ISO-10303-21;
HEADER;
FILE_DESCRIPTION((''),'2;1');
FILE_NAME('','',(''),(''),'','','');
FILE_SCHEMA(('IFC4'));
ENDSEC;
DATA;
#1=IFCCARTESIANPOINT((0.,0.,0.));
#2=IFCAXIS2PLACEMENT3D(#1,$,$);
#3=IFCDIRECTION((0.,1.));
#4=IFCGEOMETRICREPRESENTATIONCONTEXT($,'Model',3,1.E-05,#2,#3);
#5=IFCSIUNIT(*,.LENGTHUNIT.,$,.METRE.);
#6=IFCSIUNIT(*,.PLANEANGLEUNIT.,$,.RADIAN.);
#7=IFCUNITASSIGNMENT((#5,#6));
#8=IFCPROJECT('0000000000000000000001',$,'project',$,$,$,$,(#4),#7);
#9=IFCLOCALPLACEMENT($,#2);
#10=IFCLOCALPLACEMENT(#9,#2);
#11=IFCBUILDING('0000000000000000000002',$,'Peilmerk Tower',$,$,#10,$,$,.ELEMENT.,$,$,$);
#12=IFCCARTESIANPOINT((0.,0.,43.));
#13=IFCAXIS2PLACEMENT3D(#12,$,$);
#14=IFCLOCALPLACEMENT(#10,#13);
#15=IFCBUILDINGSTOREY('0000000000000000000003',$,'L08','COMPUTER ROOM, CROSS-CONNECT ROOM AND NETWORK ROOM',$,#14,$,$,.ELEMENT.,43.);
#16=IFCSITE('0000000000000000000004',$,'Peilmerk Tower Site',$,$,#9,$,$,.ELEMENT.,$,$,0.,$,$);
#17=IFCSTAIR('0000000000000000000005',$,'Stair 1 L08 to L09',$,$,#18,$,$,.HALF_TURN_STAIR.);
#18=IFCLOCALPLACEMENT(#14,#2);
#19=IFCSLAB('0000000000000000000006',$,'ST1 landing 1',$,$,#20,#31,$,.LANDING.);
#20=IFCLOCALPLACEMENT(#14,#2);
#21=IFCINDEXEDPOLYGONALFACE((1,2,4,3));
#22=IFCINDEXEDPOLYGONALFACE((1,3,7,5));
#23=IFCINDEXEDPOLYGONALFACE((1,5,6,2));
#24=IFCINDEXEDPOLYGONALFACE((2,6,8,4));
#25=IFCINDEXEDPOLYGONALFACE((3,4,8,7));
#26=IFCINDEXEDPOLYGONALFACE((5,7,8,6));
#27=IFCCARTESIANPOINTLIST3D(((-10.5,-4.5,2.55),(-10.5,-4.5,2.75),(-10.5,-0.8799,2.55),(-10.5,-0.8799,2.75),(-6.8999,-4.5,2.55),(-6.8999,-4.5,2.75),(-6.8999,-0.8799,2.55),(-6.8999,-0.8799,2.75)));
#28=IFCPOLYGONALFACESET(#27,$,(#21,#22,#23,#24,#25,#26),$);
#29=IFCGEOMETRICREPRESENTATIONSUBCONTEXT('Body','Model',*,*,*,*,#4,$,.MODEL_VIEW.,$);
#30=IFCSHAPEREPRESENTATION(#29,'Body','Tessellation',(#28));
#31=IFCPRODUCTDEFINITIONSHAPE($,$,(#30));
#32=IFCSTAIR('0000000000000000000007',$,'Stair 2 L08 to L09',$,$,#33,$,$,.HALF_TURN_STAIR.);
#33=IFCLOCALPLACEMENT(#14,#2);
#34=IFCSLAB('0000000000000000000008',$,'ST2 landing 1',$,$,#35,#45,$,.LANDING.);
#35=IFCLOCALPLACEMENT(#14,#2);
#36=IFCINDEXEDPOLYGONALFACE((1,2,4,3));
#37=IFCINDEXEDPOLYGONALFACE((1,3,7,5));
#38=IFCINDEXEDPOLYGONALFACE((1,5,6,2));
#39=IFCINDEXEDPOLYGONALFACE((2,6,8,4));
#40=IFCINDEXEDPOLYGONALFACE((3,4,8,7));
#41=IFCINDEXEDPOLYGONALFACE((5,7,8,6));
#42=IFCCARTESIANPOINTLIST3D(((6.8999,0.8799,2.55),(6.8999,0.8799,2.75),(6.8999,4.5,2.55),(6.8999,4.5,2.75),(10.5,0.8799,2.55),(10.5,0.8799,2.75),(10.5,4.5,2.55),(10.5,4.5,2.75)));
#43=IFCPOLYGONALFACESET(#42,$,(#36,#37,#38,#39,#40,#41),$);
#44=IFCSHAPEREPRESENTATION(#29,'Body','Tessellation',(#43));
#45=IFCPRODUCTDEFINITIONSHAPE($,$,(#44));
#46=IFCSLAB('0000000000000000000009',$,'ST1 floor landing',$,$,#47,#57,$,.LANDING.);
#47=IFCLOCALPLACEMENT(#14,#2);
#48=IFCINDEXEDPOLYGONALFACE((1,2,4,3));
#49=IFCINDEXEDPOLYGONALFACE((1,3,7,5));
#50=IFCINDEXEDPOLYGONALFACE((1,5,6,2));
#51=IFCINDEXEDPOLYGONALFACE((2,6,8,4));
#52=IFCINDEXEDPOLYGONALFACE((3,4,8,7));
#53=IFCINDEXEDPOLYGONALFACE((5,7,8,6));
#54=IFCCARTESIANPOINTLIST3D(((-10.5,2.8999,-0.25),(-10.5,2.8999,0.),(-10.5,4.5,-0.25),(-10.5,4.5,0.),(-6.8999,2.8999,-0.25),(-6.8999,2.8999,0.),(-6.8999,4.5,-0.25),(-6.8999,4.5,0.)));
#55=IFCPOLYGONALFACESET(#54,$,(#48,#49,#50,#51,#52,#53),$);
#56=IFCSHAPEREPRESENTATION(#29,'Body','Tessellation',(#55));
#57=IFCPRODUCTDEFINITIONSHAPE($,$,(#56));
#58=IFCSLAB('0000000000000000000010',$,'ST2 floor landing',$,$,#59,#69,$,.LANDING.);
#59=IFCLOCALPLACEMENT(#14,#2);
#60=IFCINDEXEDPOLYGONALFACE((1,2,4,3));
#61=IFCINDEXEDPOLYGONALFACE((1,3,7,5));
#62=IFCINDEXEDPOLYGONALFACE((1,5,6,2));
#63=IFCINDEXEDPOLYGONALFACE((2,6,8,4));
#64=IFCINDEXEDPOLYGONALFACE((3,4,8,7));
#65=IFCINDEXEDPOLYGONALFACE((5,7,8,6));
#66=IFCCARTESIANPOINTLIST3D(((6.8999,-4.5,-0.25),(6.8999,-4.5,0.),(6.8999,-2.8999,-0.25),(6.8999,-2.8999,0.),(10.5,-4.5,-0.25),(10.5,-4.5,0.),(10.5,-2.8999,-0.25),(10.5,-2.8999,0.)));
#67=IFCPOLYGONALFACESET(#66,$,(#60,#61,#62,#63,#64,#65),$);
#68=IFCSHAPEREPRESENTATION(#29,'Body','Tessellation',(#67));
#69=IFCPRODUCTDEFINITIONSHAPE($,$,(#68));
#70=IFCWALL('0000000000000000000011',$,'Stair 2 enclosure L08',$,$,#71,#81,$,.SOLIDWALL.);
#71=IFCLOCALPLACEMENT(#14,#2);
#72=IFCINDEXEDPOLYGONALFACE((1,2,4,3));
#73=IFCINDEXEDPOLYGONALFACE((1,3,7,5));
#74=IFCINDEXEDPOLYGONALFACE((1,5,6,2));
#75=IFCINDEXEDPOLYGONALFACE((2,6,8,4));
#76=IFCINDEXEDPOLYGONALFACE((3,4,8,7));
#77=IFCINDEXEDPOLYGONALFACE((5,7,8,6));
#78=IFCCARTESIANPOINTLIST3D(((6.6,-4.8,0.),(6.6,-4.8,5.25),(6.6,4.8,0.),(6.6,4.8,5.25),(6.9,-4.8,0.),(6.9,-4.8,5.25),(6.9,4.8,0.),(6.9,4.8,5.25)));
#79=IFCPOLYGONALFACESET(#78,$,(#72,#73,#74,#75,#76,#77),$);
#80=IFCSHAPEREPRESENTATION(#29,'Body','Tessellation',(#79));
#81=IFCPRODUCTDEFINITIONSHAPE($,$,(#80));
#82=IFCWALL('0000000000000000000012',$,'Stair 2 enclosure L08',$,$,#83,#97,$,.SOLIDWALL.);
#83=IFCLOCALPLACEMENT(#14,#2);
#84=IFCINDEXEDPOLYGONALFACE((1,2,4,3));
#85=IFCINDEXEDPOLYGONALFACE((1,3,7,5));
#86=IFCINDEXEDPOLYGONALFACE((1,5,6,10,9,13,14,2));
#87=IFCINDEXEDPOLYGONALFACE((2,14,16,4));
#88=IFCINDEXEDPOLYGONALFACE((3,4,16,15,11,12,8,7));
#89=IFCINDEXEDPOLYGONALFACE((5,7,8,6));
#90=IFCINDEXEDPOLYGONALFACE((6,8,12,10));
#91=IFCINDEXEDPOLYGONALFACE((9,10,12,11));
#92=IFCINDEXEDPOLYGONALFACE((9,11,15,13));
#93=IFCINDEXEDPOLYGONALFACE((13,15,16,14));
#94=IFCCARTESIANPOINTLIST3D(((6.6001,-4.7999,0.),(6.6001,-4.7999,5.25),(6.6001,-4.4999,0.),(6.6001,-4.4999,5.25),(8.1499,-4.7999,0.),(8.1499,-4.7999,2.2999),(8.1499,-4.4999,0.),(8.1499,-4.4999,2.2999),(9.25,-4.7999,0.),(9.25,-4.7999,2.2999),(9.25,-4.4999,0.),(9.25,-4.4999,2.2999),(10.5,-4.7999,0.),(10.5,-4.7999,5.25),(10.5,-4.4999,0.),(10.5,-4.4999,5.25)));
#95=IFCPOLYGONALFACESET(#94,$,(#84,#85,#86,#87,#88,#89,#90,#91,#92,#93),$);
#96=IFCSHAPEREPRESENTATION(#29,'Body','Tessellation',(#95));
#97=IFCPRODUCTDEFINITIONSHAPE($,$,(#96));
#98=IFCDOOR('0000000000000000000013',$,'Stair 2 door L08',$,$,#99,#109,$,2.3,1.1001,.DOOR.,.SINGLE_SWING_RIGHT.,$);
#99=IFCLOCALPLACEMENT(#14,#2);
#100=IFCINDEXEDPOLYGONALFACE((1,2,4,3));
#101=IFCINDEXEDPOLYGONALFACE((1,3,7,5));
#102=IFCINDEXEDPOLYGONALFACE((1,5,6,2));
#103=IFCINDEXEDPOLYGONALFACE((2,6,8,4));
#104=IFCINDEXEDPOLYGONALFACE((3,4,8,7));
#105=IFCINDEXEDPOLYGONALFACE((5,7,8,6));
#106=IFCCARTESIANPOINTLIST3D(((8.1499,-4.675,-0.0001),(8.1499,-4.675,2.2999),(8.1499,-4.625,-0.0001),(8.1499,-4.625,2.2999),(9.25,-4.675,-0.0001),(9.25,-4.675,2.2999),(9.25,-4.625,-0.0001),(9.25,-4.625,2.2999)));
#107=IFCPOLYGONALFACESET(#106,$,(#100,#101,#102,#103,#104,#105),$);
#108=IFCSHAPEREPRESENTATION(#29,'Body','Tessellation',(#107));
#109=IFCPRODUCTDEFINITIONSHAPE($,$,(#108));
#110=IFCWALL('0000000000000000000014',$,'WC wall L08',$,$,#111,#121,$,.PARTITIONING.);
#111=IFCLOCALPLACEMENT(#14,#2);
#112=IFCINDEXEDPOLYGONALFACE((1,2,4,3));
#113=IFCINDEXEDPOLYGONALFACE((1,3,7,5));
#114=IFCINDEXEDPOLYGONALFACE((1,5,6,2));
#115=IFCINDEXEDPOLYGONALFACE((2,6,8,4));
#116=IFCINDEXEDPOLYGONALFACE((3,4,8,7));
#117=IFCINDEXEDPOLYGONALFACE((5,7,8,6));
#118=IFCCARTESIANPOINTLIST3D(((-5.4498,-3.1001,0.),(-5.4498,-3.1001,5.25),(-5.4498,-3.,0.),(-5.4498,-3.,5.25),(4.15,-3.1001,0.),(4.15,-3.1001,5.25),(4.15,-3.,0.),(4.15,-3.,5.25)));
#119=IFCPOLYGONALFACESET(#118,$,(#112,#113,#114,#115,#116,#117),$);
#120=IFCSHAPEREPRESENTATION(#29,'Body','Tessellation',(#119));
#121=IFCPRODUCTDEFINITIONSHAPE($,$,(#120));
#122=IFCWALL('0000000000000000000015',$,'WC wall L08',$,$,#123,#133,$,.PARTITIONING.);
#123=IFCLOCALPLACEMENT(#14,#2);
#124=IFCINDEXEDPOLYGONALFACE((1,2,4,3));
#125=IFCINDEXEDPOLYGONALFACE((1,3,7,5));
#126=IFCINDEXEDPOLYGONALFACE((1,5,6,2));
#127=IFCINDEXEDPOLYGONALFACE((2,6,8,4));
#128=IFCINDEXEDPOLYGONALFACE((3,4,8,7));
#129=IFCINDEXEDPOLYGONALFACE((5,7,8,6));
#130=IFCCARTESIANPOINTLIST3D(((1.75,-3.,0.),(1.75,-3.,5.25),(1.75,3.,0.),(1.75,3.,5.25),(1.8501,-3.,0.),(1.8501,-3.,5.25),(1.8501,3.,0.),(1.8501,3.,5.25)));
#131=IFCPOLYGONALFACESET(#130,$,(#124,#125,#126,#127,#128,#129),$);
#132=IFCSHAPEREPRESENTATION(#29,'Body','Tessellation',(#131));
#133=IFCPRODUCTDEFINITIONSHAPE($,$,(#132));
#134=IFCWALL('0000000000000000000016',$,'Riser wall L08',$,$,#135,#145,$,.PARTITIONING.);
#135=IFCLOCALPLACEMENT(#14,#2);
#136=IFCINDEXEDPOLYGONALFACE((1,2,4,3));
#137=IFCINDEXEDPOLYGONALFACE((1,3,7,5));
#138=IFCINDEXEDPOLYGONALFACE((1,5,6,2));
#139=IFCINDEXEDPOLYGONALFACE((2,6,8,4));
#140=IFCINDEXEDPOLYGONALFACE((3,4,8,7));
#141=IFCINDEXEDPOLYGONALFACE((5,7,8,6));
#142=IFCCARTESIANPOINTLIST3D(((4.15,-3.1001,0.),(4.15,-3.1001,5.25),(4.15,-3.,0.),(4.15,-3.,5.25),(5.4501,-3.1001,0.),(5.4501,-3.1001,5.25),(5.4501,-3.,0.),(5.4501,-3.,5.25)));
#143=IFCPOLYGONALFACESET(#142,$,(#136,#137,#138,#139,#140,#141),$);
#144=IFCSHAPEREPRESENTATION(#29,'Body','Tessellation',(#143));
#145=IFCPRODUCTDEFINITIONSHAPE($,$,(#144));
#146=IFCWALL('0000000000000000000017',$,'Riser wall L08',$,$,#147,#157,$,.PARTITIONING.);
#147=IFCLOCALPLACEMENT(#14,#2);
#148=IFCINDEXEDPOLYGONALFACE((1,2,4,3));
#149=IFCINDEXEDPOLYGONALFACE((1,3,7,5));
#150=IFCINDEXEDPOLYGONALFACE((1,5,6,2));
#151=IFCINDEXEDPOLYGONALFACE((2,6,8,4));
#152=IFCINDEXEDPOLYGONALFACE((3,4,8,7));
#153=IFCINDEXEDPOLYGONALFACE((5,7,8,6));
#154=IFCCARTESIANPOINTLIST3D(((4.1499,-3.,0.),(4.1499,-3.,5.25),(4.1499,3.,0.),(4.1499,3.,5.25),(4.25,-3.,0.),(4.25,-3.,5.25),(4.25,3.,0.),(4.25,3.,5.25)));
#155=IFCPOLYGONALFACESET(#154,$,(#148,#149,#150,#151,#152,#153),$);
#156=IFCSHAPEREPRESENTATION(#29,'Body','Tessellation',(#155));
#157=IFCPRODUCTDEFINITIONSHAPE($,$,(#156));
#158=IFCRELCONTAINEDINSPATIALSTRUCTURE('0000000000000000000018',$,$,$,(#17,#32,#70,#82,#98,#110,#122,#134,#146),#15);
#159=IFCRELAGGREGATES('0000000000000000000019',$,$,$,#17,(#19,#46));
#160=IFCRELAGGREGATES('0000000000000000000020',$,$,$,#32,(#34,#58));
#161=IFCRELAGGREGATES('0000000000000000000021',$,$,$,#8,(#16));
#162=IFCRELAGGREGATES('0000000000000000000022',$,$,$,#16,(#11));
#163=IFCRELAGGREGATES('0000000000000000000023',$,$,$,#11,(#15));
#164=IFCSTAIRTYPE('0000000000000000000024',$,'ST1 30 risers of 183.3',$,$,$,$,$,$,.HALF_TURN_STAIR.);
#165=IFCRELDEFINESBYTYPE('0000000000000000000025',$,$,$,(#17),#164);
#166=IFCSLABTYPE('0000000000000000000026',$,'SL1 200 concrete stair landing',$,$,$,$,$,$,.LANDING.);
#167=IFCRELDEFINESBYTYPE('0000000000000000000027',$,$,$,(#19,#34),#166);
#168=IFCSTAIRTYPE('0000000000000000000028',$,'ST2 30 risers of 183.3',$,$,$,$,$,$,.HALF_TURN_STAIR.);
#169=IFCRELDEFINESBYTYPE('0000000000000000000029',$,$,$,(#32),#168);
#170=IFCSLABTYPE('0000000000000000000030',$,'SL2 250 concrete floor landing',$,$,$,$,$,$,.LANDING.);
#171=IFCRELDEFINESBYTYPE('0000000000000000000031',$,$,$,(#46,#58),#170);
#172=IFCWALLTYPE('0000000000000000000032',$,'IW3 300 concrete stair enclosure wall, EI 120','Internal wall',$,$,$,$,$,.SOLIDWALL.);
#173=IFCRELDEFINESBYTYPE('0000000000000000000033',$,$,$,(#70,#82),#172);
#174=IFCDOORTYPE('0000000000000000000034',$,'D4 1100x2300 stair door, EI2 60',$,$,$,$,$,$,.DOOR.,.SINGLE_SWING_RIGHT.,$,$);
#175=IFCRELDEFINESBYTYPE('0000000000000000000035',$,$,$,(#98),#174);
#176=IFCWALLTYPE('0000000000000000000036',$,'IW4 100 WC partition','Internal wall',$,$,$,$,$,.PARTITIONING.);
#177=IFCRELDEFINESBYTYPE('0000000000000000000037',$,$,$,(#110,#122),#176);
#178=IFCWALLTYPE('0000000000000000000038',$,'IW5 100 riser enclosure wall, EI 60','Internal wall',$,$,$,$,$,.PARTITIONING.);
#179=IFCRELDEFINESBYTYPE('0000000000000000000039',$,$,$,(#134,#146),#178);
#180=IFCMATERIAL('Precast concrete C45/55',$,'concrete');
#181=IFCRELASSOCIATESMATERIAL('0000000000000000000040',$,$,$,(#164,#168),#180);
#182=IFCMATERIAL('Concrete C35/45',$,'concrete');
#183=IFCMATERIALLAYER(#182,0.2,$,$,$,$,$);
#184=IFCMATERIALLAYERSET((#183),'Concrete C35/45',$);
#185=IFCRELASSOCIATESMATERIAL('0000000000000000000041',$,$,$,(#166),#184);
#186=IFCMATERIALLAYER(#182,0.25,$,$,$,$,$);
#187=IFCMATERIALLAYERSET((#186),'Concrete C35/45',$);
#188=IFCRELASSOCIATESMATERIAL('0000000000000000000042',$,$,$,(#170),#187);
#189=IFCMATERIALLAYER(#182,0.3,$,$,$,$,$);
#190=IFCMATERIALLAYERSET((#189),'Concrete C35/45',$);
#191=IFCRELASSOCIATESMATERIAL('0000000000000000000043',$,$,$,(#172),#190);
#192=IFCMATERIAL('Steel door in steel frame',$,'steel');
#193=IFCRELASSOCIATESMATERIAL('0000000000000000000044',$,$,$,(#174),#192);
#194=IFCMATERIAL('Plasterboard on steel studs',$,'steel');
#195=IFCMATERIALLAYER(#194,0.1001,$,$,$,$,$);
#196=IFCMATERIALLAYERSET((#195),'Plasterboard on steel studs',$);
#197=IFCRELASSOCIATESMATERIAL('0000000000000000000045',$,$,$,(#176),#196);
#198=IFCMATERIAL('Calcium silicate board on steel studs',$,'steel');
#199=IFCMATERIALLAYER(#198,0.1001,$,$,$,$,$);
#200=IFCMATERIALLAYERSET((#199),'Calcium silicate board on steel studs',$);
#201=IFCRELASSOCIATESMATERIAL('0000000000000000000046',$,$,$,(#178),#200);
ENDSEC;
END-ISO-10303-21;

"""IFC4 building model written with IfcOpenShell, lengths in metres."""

from ifc_helpers import new_model, si_unit, direction, frame, frame_2d, origin, place, context, subcontext, project, spatial, polyline, rectangle, outline, extrude, material, layer, layer_set, type_object, element, fill, aggregate, save


model = new_model("IFC4")

# Units and contexts
model_context = context("Model", 3, precision=1e-05, world=origin(), true_north=direction((0.0, 1.0)))
body_context = subcontext(model_context, "Body", "Model", "MODEL_VIEW")
ifc_project = project(units=[si_unit("LENGTHUNIT", "METRE"), si_unit("PLANEANGLEUNIT", "RADIAN")], contexts=[model_context])

# Site, building, storey
site_placement = place(None, origin())
site = spatial("IfcSite", under=ifc_project, at=site_placement, Name="Peilmerk Tower Site", CompositionType="ELEMENT", RefElevation=0.0)
building_placement = place(site_placement, origin())
building = spatial("IfcBuilding", under=site, at=building_placement, Name="Peilmerk Tower", CompositionType="ELEMENT")
storey_placement = place(building_placement, frame((0.0, 0.0, 43.0)))
storey = spatial("IfcBuildingStorey", under=building, at=storey_placement, Name="L08", Description="COMPUTER ROOM, CROSS-CONNECT ROOM AND NETWORK ROOM", CompositionType="ELEMENT", Elevation=43.0)

# Stairs, slabs
ifc_material_1 = material(Name="Precast concrete C45/55", Category="concrete")
stair_type_1 = type_object("IfcStairType", Name="ST1 30 risers of 183.3", PredefinedType="HALF_TURN_STAIR", material=ifc_material_1)
stair_1_placement = place(storey_placement, origin())
stair_1 = element("IfcStair", 1, at=stair_1_placement, inside=storey, type_object=stair_type_1, Name="Stair 1 L08 to L09", PredefinedType="HALF_TURN_STAIR")
ifc_material_2 = material(Name="Concrete C35/45", Category="concrete")
ifc_layer_1 = layer(ifc_material_2, 0.2)
ifc_layer_set_1 = layer_set([ifc_layer_1], Name="Concrete C35/45")
slab_type_1 = type_object("IfcSlabType", Name="SL1 200 concrete stair landing", PredefinedType="LANDING", material=ifc_layer_set_1)
slab_1_placement = place(storey_placement, frame((0.0, 0.0, 2.55)))
slab_1 = element("IfcSlab", 2, at=slab_1_placement, type_object=slab_type_1, Name="ST1 landing 1", PredefinedType="LANDING", context=body_context, shape_type="SweptSolid", body=[
    extrude(outline(polyline([(-10.5, -4.5), (-6.8999, -4.5), (-6.8999, -0.8799), (-10.5, -0.8799), (-10.5, -4.5)])), origin(), (0.0, 0.0, 1.0), 0.2),
])
stair_type_2 = type_object("IfcStairType", Name="ST2 30 risers of 183.3", PredefinedType="HALF_TURN_STAIR", material=ifc_material_1)
stair_2_placement = place(storey_placement, origin())
stair_2 = element("IfcStair", 3, at=stair_2_placement, inside=storey, type_object=stair_type_2, Name="Stair 2 L08 to L09", PredefinedType="HALF_TURN_STAIR")
slab_2_placement = place(storey_placement, frame((0.0, 0.0, 2.55)))
slab_2 = element("IfcSlab", 4, at=slab_2_placement, type_object=slab_type_1, Name="ST2 landing 1", PredefinedType="LANDING", context=body_context, shape_type="SweptSolid", body=[
    extrude(outline(polyline([(6.8999, 0.8799), (10.5, 0.8799), (10.5, 4.5), (6.8999, 4.5), (6.8999, 0.8799)])), origin(), (0.0, 0.0, 1.0), 0.2),
])

# Slabs
ifc_layer_2 = layer(ifc_material_2, 0.25)
ifc_layer_set_2 = layer_set([ifc_layer_2], Name="Concrete C35/45")
slab_type_2 = type_object("IfcSlabType", Name="SL2 250 concrete floor landing", PredefinedType="LANDING", material=ifc_layer_set_2)
slab_3_placement = place(storey_placement, frame((0.0, 0.0, -0.25)))
slab_3 = element("IfcSlab", 5, at=slab_3_placement, type_object=slab_type_2, Name="ST1 floor landing", PredefinedType="LANDING", context=body_context, shape_type="SweptSolid", body=[
    extrude(outline(polyline([(-10.5, 2.8999), (-6.8999, 2.8999), (-6.8999, 4.5), (-10.5, 4.5), (-10.5, 2.8999)])), origin(), (0.0, 0.0, 1.0), 0.25),
])
aggregate(stair_1, [slab_1, slab_3])
slab_4_placement = place(storey_placement, frame((0.0, 0.0, -0.25)))
slab_4 = element("IfcSlab", 6, at=slab_4_placement, type_object=slab_type_2, Name="ST2 floor landing", PredefinedType="LANDING", context=body_context, shape_type="SweptSolid", body=[
    extrude(outline(polyline([(6.8999, -4.5), (10.5, -4.5), (10.5, -2.8999), (6.8999, -2.8999), (6.8999, -4.5)])), origin(), (0.0, 0.0, 1.0), 0.25),
])

# Wall
ifc_layer_3 = layer(ifc_material_2, 0.3)
ifc_layer_set_3 = layer_set([ifc_layer_3], Name="Concrete C35/45")
wall_type_1 = type_object("IfcWallType", Name="IW3 300 concrete stair enclosure wall, EI 120", Description="Internal wall", PredefinedType="SOLIDWALL", material=ifc_layer_set_3)
wall_1_placement = place(storey_placement, frame((6.75, -4.8, 0.0), z_axis=(0.0, 0.0, 1.0), x_axis=(0.0, 1.0, 0.0)))
element("IfcWall", 7, at=wall_1_placement, inside=storey, type_object=wall_type_1, Name="Stair 2 enclosure L08", PredefinedType="SOLIDWALL", context=body_context, shape_type="SweptSolid", body=[
    extrude(rectangle(XDim=9.6001, YDim=0.3, at=frame_2d((4.8, 0.0))), origin(), (0.0, 0.0, 1.0), 5.25),
])

# Wall, opening, door
wall_2_placement = place(storey_placement, frame((10.5, -4.6499, 0.0), z_axis=(0.0, 0.0, 1.0), x_axis=(-1.0, 0.0, 0.0)))
wall_2 = element("IfcWall", 8, at=wall_2_placement, inside=storey, type_object=wall_type_1, Name="Stair 2 enclosure L08", PredefinedType="SOLIDWALL", context=body_context, shape_type="SweptSolid", body=[
    extrude(rectangle(XDim=3.8999, YDim=0.3, at=frame_2d((1.95, 0.0))), origin(), (0.0, 0.0, 1.0), 5.25),
])
opening_1_placement = place(wall_2_placement, frame((1.25, 0.0, 0.0)))
opening_1 = element("IfcOpeningElement", 9, at=opening_1_placement, cuts=wall_2, PredefinedType="OPENING", context=body_context, shape_type="SweptSolid", body=[
    extrude(rectangle(XDim=1.1001, YDim=2.3, at=frame_2d((0.55, 1.1499))), frame((0.0, 0.1599, 0.0), z_axis=(0.0, -1.0, 0.0), x_axis=(1.0, 0.0, 0.0)), (0.0, 0.0, 1.0), 0.3201),
])
ifc_material_3 = material(Name="Steel door in steel frame", Category="steel")
door_type_1 = type_object("IfcDoorType", Name="D4 1100x2300 stair door, EI2 60", OperationType="SINGLE_SWING_RIGHT", PredefinedType="DOOR", material=ifc_material_3)
door_1_placement = place(opening_1_placement, frame((1.1001, 0.0, 0.0), z_axis=(0.0, 0.0, 1.0), x_axis=(-1.0, 0.0, 0.0)))
door_1 = element("IfcDoor", 10, at=door_1_placement, inside=storey, type_object=door_type_1, Name="Stair 2 door L08", OperationType="SINGLE_SWING_RIGHT", OverallHeight=2.3, OverallWidth=1.1001, PredefinedType="DOOR", context=body_context, shape_type="SweptSolid", body=[
    extrude(rectangle(XDim=1.1001, YDim=2.3, at=frame_2d((0.55, 1.1499))), frame((0.0, 0.0249, 0.0), z_axis=(0.0, -1.0, 0.0), x_axis=(1.0, 0.0, 0.0)), (0.0, 0.0, 1.0), 0.05),
])
fill(opening_1, door_1)

# Walls
ifc_material_4 = material(Name="Plasterboard on steel studs", Category="steel")
ifc_layer_4 = layer(ifc_material_4, 0.1001)
ifc_layer_set_4 = layer_set([ifc_layer_4], Name="Plasterboard on steel studs")
wall_type_2 = type_object("IfcWallType", Name="IW4 100 WC partition", Description="Internal wall", PredefinedType="PARTITIONING", material=ifc_layer_set_4)
wall_3_placement = place(storey_placement, frame((4.1499, -3.05, 0.0), z_axis=(0.0, 0.0, 1.0), x_axis=(-1.0, 0.0, 0.0)))
element("IfcWall", 11, at=wall_3_placement, inside=storey, type_object=wall_type_2, Name="WC wall L08", PredefinedType="PARTITIONING", context=body_context, shape_type="SweptSolid", body=[
    extrude(rectangle(XDim=9.5999, YDim=0.1001, at=frame_2d((4.7998, 0.0))), origin(), (0.0, 0.0, 1.0), 5.25),
])
wall_4_placement = place(storey_placement, frame((1.8, -3.0, 0.0), z_axis=(0.0, 0.0, 1.0), x_axis=(0.0, 1.0, 0.0)))
element("IfcWall", 12, at=wall_4_placement, inside=storey, type_object=wall_type_2, Name="WC wall L08", PredefinedType="PARTITIONING", context=body_context, shape_type="SweptSolid", body=[
    extrude(rectangle(XDim=6.0, YDim=0.1001, at=frame_2d((3.0, 0.0))), origin(), (0.0, 0.0, 1.0), 5.25),
])
ifc_material_5 = material(Name="Calcium silicate board on steel studs", Category="steel")
ifc_layer_5 = layer(ifc_material_5, 0.1001)
ifc_layer_set_5 = layer_set([ifc_layer_5], Name="Calcium silicate board on steel studs")
wall_type_3 = type_object("IfcWallType", Name="IW5 100 riser enclosure wall, EI 60", Description="Internal wall", PredefinedType="PARTITIONING", material=ifc_layer_set_5)
wall_5_placement = place(storey_placement, frame((5.45, -3.05, 0.0), z_axis=(0.0, 0.0, 1.0), x_axis=(-1.0, 0.0, 0.0)))
element("IfcWall", 13, at=wall_5_placement, inside=storey, type_object=wall_type_3, Name="Riser wall L08", PredefinedType="PARTITIONING", context=body_context, shape_type="SweptSolid", body=[
    extrude(rectangle(XDim=1.3, YDim=0.1001, at=frame_2d((0.6499, 0.0))), origin(), (0.0, 0.0, 1.0), 5.25),
])
wall_6_placement = place(storey_placement, frame((4.2, -3.0, 0.0), z_axis=(0.0, 0.0, 1.0), x_axis=(0.0, 1.0, 0.0)))
element("IfcWall", 14, at=wall_6_placement, inside=storey, type_object=wall_type_3, Name="Riser wall L08", PredefinedType="PARTITIONING", context=body_context, shape_type="SweptSolid", body=[
    extrude(rectangle(XDim=6.0, YDim=0.1001, at=frame_2d((3.0, 0.0))), origin(), (0.0, 0.0, 1.0), 5.25),
])

aggregate(stair_2, [slab_2, slab_4])

save(model, "model.ifc")
